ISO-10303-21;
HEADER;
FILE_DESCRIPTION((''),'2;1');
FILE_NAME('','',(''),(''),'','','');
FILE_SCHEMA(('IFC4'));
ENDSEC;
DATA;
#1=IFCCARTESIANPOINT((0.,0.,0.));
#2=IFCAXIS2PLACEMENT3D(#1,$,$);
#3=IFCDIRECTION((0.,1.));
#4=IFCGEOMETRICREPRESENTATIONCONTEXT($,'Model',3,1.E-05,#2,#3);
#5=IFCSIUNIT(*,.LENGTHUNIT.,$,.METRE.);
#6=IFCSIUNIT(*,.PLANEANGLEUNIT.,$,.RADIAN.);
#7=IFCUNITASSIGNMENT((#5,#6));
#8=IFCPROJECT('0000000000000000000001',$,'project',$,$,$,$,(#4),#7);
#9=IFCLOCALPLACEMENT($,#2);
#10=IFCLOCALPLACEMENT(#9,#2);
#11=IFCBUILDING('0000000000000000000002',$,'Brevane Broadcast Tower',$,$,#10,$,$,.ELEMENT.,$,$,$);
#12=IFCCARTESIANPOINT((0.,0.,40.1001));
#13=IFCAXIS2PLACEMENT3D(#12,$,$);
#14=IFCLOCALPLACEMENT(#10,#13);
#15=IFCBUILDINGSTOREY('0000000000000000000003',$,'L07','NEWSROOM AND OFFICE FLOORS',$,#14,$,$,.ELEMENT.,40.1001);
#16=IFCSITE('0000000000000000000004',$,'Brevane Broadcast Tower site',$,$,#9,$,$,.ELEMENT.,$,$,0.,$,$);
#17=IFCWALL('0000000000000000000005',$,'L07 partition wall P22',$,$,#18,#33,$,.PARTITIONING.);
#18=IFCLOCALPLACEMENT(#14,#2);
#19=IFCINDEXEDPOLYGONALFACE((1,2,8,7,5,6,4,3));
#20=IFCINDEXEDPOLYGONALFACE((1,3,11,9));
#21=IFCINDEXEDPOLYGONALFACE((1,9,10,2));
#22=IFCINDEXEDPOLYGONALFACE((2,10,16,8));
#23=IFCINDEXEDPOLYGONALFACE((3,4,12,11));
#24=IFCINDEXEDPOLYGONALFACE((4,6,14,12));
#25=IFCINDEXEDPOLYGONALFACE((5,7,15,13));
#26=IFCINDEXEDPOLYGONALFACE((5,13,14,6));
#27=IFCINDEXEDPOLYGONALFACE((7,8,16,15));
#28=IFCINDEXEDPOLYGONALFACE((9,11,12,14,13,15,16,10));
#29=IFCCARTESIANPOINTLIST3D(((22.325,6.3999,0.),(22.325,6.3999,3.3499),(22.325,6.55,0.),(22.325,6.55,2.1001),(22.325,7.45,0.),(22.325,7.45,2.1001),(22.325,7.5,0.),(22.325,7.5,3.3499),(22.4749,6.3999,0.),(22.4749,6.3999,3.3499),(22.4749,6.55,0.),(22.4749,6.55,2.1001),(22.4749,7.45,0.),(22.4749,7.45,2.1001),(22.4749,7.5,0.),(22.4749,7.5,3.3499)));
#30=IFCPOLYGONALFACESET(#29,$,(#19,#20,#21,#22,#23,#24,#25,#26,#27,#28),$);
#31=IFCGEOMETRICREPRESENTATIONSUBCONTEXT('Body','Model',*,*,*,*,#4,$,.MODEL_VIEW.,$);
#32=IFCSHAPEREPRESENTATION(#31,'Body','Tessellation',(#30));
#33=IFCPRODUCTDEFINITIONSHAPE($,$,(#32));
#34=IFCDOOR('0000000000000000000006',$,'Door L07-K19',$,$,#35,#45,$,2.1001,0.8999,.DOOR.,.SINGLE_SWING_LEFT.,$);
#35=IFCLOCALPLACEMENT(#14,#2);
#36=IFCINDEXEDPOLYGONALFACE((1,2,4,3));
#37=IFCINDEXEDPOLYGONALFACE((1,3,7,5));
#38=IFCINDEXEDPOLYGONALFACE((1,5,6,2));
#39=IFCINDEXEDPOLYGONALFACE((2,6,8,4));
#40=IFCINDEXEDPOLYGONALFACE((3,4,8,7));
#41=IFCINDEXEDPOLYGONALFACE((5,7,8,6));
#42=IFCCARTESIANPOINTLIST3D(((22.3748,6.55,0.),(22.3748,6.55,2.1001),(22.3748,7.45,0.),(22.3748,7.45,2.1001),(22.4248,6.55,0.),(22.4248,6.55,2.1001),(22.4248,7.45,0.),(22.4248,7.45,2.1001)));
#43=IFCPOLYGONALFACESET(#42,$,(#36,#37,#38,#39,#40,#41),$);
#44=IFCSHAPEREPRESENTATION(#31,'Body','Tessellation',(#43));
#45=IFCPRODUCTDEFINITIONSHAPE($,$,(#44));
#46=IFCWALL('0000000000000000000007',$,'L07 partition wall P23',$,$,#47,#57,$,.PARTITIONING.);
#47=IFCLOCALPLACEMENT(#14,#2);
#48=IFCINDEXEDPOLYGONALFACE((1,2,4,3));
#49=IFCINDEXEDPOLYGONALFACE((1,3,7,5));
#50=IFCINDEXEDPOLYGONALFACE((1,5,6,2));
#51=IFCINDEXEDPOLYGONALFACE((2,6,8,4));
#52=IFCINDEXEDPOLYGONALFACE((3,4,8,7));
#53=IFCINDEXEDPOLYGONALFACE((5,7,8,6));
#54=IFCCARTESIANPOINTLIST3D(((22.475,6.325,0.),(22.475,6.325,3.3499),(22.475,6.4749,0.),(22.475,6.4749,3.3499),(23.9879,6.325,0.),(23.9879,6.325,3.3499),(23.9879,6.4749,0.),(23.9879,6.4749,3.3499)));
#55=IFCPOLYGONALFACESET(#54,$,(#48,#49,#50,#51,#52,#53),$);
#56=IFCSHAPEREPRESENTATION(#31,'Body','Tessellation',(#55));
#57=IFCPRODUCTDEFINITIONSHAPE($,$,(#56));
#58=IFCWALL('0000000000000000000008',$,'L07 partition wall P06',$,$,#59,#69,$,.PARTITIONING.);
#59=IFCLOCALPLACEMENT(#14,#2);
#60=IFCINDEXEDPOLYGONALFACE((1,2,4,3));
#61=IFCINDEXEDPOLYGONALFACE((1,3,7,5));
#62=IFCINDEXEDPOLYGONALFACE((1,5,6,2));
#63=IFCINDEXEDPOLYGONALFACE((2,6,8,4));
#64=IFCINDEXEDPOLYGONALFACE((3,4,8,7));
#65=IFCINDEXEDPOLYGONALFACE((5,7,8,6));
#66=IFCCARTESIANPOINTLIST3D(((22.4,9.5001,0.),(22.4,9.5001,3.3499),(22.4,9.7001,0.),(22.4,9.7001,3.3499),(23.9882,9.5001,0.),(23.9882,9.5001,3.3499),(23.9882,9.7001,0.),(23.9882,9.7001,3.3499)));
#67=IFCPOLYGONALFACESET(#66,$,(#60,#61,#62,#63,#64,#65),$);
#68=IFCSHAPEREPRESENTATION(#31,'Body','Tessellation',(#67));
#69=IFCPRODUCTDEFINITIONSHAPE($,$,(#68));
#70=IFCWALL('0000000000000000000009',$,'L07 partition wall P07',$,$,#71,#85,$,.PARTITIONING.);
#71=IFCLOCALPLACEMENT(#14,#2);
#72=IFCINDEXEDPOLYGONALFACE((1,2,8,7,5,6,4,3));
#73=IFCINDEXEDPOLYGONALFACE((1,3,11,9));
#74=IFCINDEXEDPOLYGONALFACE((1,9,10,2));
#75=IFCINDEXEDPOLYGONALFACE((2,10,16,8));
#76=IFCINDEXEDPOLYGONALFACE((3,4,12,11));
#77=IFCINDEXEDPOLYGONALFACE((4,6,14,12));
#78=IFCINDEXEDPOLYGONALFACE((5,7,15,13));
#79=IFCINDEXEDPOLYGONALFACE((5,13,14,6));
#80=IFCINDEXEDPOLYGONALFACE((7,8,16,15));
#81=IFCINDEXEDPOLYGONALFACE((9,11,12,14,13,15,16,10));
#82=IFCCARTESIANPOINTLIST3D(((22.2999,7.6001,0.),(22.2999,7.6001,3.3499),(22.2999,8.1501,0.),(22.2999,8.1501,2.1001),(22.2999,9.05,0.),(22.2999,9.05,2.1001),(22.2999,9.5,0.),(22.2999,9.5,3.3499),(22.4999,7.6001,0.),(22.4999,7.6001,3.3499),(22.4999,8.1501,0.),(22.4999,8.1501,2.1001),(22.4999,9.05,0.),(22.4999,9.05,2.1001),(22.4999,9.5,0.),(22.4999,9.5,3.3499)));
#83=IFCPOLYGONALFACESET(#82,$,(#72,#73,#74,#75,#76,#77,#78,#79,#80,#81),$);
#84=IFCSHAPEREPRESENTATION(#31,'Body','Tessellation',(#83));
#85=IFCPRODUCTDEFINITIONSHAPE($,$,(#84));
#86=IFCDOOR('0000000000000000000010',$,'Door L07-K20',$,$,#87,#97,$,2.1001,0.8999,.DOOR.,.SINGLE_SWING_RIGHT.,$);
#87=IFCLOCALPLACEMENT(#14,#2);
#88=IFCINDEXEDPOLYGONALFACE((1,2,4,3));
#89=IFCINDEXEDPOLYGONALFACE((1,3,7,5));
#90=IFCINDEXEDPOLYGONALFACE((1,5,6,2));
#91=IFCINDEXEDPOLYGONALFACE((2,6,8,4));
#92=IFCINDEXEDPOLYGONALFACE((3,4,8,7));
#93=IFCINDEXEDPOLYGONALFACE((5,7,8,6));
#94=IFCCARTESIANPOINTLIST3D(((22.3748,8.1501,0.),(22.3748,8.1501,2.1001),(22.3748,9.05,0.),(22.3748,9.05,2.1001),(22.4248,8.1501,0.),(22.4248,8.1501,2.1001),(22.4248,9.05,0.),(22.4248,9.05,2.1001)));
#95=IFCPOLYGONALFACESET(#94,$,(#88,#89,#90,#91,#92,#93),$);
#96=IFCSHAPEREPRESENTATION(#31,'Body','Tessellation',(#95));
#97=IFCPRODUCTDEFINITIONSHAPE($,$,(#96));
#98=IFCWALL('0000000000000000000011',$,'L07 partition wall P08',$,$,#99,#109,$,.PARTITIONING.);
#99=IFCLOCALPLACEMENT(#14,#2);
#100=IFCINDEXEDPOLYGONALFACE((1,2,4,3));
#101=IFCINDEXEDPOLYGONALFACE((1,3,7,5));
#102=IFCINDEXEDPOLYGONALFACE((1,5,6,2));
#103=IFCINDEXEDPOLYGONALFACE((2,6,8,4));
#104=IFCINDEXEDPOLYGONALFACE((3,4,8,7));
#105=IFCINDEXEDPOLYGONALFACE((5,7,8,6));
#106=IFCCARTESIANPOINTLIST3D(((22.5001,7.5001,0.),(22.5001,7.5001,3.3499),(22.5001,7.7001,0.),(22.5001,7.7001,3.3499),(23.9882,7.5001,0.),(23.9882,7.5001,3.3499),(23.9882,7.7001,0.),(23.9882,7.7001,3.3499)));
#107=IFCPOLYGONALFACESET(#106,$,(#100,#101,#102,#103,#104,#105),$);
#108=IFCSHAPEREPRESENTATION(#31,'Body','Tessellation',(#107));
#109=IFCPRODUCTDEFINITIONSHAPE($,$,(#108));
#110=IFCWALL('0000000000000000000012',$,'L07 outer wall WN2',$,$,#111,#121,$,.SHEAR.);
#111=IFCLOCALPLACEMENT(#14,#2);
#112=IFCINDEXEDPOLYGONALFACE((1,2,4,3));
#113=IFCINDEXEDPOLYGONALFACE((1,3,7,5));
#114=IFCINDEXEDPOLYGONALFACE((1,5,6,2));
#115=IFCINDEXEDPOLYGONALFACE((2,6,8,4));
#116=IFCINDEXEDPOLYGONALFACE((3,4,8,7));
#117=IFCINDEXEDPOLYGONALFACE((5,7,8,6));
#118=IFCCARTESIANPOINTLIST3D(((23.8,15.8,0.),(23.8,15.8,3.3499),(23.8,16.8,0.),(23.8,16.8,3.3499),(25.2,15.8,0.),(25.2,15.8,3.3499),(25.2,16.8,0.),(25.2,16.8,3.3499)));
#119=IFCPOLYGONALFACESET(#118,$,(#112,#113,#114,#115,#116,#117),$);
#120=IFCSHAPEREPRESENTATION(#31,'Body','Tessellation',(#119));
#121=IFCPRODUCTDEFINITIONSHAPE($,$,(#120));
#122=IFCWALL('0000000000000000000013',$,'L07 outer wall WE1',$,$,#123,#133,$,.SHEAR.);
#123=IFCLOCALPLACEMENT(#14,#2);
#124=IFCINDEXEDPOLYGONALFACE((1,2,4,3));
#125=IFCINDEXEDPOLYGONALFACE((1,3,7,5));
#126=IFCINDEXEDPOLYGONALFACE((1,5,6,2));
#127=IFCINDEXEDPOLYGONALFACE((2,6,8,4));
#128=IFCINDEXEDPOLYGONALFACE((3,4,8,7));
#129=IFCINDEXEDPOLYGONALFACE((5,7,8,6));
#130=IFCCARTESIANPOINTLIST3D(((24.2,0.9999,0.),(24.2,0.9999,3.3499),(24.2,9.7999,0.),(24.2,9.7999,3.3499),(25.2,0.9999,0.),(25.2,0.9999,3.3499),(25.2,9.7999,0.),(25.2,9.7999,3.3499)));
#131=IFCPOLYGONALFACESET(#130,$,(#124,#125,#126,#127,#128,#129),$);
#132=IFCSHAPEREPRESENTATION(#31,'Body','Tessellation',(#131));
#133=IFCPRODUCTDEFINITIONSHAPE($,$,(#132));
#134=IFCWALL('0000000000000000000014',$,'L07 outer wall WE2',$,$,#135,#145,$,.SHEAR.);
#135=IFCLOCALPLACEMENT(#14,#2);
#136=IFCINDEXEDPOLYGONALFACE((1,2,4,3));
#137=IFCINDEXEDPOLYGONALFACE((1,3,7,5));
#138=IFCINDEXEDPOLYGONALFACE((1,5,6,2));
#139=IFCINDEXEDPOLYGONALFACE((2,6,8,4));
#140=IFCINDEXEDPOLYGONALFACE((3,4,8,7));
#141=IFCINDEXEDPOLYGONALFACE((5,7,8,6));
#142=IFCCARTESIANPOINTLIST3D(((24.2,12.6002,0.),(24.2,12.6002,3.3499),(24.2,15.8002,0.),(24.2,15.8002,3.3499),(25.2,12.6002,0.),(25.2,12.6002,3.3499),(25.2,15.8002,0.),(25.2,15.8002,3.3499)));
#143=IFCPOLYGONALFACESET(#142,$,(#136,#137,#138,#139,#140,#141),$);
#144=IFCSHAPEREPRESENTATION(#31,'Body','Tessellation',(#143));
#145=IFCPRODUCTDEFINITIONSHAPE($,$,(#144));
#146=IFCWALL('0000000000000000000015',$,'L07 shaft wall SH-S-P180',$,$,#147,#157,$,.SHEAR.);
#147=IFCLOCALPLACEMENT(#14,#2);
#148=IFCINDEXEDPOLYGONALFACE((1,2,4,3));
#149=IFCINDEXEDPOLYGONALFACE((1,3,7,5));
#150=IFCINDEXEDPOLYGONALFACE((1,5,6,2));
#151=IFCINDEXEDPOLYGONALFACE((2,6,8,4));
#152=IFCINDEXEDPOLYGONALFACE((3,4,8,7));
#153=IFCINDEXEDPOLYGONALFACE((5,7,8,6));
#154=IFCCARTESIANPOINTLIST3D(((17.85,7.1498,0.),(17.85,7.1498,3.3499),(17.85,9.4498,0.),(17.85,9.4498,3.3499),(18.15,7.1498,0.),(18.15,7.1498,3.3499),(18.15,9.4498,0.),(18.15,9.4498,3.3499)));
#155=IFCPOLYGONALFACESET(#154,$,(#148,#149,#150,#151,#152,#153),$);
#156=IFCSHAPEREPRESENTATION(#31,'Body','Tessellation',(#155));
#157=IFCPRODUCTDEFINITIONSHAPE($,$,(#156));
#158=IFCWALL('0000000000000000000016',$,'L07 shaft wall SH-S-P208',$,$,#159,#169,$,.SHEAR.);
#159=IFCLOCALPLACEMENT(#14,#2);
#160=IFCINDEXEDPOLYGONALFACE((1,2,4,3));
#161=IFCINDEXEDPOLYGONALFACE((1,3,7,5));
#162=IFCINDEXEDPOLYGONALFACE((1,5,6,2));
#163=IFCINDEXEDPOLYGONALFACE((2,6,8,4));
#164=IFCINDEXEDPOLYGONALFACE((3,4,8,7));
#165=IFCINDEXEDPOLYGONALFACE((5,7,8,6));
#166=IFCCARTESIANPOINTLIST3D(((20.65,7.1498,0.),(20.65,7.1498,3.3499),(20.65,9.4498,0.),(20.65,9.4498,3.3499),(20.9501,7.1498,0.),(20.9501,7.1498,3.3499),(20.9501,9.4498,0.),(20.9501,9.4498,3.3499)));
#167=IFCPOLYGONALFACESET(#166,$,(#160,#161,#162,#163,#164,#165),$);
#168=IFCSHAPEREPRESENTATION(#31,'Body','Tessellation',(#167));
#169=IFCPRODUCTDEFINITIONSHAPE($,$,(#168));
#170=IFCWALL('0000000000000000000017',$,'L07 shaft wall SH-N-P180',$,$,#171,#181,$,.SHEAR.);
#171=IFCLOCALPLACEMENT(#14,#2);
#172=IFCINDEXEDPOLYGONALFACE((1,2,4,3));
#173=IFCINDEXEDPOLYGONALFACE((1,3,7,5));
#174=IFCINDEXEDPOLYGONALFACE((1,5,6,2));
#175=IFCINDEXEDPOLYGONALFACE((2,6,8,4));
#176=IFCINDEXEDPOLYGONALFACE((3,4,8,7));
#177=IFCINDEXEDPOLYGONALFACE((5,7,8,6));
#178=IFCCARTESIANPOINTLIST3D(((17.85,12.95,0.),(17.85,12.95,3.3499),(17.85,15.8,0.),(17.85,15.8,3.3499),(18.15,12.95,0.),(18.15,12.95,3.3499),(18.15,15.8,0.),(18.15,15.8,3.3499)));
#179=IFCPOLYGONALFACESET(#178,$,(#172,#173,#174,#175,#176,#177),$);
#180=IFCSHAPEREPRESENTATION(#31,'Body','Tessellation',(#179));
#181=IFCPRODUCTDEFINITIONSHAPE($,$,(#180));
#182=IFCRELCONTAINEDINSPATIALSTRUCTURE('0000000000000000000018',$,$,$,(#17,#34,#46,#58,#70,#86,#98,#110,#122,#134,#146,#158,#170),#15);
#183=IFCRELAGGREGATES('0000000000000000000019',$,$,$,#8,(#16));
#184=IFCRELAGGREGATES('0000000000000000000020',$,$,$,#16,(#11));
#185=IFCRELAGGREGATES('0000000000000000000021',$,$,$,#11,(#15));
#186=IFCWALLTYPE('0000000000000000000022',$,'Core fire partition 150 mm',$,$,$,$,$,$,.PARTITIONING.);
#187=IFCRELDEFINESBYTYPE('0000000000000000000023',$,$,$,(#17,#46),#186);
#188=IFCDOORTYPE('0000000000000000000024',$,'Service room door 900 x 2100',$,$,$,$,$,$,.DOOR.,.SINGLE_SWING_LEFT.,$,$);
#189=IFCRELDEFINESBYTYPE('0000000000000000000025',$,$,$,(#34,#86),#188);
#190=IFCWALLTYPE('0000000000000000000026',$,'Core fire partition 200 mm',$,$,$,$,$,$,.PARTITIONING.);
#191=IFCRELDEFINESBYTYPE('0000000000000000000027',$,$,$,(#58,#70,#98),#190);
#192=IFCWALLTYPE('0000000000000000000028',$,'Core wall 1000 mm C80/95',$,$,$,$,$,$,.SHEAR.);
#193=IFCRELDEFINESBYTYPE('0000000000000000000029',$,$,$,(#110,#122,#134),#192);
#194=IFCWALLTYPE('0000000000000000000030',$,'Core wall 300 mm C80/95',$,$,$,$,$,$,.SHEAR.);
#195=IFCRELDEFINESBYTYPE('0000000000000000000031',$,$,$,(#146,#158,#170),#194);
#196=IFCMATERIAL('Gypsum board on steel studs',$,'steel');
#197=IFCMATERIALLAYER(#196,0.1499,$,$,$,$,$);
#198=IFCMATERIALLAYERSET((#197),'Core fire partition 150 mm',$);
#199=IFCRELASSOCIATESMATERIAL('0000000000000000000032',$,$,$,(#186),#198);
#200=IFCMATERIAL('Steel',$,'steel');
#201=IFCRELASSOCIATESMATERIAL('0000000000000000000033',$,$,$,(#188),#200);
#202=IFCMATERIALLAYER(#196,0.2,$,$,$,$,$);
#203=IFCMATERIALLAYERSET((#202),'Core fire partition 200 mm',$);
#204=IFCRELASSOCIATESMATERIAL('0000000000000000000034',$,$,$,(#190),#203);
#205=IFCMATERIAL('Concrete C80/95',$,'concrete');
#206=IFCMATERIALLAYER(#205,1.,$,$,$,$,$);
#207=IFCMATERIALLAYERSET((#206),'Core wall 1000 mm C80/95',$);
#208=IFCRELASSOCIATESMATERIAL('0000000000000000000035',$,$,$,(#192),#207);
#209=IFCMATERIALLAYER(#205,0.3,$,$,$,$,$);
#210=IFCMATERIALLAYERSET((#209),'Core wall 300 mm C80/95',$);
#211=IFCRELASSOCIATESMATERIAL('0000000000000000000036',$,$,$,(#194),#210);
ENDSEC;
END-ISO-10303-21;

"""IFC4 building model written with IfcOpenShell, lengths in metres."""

from ifc_helpers import new_model, si_unit, direction, frame, frame_2d, origin, place, context, subcontext, project, spatial, rectangle, extrude, material, layer, layer_set, type_object, element, fill, save


model = new_model("IFC4")

# Units and contexts
model_context = context("Model", 3, precision=1e-05, world=origin(), true_north=direction((0.0, 1.0)))
body_context = subcontext(model_context, "Body", "Model", "MODEL_VIEW")
ifc_project = project(units=[si_unit("LENGTHUNIT", "METRE"), si_unit("PLANEANGLEUNIT", "RADIAN")], contexts=[model_context])

# Site, building, storey
site_placement = place(None, origin())
site = spatial("IfcSite", under=ifc_project, at=site_placement, Name="Brevane Broadcast Tower site", CompositionType="ELEMENT", RefElevation=0.0)
building_placement = place(site_placement, origin())
building = spatial("IfcBuilding", under=site, at=building_placement, Name="Brevane Broadcast Tower", CompositionType="ELEMENT")
storey_placement = place(building_placement, frame((0.0, 0.0, 40.1001)))
storey = spatial("IfcBuildingStorey", under=building, at=storey_placement, Name="L07", Description="NEWSROOM AND OFFICE FLOORS", CompositionType="ELEMENT", Elevation=40.1001)

# Shared definitions
ifc_material_1 = material(Name="Gypsum board on steel studs", Category="steel")
ifc_layer_1 = layer(ifc_material_1, 0.1499)
ifc_layer_set_1 = layer_set([ifc_layer_1], Name="Core fire partition 150 mm")
wall_type_1 = type_object("IfcWallType", Name="Core fire partition 150 mm", PredefinedType="PARTITIONING", material=ifc_layer_set_1)
ifc_material_2 = material(Name="Steel", Category="steel")
door_type_1 = type_object("IfcDoorType", Name="Service room door 900 x 2100", OperationType="SINGLE_SWING_LEFT", PredefinedType="DOOR", material=ifc_material_2)

# Wall, opening, door
wall_1_placement = place(storey_placement, frame((22.3999, 7.5, 0.0), z_axis=(0.0, 0.0, 1.0), x_axis=(0.0, -1.0, 0.0)))
wall_1 = element("IfcWall", 1, at=wall_1_placement, inside=storey, type_object=wall_type_1, Name="L07 partition wall P22", PredefinedType="PARTITIONING", context=body_context, shape_type="SweptSolid", body=[
    extrude(rectangle(XDim=1.1001, YDim=0.1499, at=frame_2d((0.55, 0.0))), origin(), (0.0, 0.0, 1.0), 3.3499),
])
opening_1_placement = place(wall_1_placement, frame((0.05, 0.0, 0.0)))
opening_1 = element("IfcOpeningElement", 2, at=opening_1_placement, cuts=wall_1, PredefinedType="OPENING", context=body_context, shape_type="SweptSolid", body=[
    extrude(rectangle(XDim=0.8999, YDim=2.1001, at=frame_2d((0.45, 1.05))), frame((0.0, 0.085, 0.0), z_axis=(0.0, -1.0, 0.0), x_axis=(1.0, 0.0, 0.0)), (0.0, 0.0, 1.0), 0.1699),
])
door_1_placement = place(opening_1_placement, origin())
door_1 = element("IfcDoor", 3, at=door_1_placement, inside=storey, type_object=door_type_1, Name="Door L07-K19", OperationType="SINGLE_SWING_LEFT", OverallHeight=2.1001, OverallWidth=0.8999, PredefinedType="DOOR", context=body_context, shape_type="SweptSolid", body=[
    extrude(rectangle(XDim=0.8999, YDim=2.1001, at=frame_2d((0.45, 1.05))), frame((0.0, 0.0249, 0.0), z_axis=(0.0, -1.0, 0.0), x_axis=(1.0, 0.0, 0.0)), (0.0, 0.0, 1.0), 0.05),
])
fill(opening_1, door_1)

# Walls
wall_2_placement = place(storey_placement, frame((22.4751, 6.3999, 0.0), z_axis=(0.0, 0.0, 1.0), x_axis=(1.0, 0.0, 0.0)))
element("IfcWall", 4, at=wall_2_placement, inside=storey, type_object=wall_type_1, Name="L07 partition wall P23", PredefinedType="PARTITIONING", context=body_context, shape_type="SweptSolid", body=[
    extrude(rectangle(XDim=1.5129, YDim=0.1499, at=frame_2d((0.7563, 0.0))), origin(), (0.0, 0.0, 1.0), 3.3499),
])
ifc_layer_2 = layer(ifc_material_1, 0.2)
ifc_layer_set_2 = layer_set([ifc_layer_2], Name="Core fire partition 200 mm")
wall_type_2 = type_object("IfcWallType", Name="Core fire partition 200 mm", PredefinedType="PARTITIONING", material=ifc_layer_set_2)
wall_3_placement = place(storey_placement, frame((23.988, 9.6001, 0.0), z_axis=(0.0, 0.0, 1.0), x_axis=(-1.0, 0.0, 0.0)))
element("IfcWall", 5, at=wall_3_placement, inside=storey, type_object=wall_type_2, Name="L07 partition wall P06", PredefinedType="PARTITIONING", context=body_context, shape_type="SweptSolid", body=[
    extrude(rectangle(XDim=1.5881, YDim=0.2, at=frame_2d((0.7939, 0.0))), origin(), (0.0, 0.0, 1.0), 3.3499),
])

# Wall, opening, door
wall_4_placement = place(storey_placement, frame((22.3999, 9.5, 0.0), z_axis=(0.0, 0.0, 1.0), x_axis=(0.0, -1.0, 0.0)))
wall_4 = element("IfcWall", 6, at=wall_4_placement, inside=storey, type_object=wall_type_2, Name="L07 partition wall P07", PredefinedType="PARTITIONING", context=body_context, shape_type="SweptSolid", body=[
    extrude(rectangle(XDim=1.8999, YDim=0.2, at=frame_2d((0.95, 0.0))), origin(), (0.0, 0.0, 1.0), 3.3499),
])
opening_2_placement = place(wall_4_placement, frame((0.45, 0.0, 0.0)))
opening_2 = element("IfcOpeningElement", 7, at=opening_2_placement, cuts=wall_4, PredefinedType="OPENING", context=body_context, shape_type="SweptSolid", body=[
    extrude(rectangle(XDim=0.8999, YDim=2.1001, at=frame_2d((0.45, 1.05))), frame((0.0, 0.1099, 0.0), z_axis=(0.0, -1.0, 0.0), x_axis=(1.0, 0.0, 0.0)), (0.0, 0.0, 1.0), 0.22),
])
door_2_placement = place(opening_2_placement, origin())
door_2 = element("IfcDoor", 8, at=door_2_placement, inside=storey, type_object=door_type_1, Name="Door L07-K20", OperationType="SINGLE_SWING_RIGHT", OverallHeight=2.1001, OverallWidth=0.8999, PredefinedType="DOOR", context=body_context, shape_type="SweptSolid", body=[
    extrude(rectangle(XDim=0.8999, YDim=2.1001, at=frame_2d((0.45, 1.05))), frame((0.0, 0.0249, 0.0), z_axis=(0.0, -1.0, 0.0), x_axis=(1.0, 0.0, 0.0)), (0.0, 0.0, 1.0), 0.05),
])
fill(opening_2, door_2)

# Walls
wall_5_placement = place(storey_placement, frame((22.5, 7.6001, 0.0), z_axis=(0.0, 0.0, 1.0), x_axis=(1.0, 0.0, 0.0)))
element("IfcWall", 9, at=wall_5_placement, inside=storey, type_object=wall_type_2, Name="L07 partition wall P08", PredefinedType="PARTITIONING", context=body_context, shape_type="SweptSolid", body=[
    extrude(rectangle(XDim=1.488, YDim=0.2, at=frame_2d((0.7441, 0.0))), origin(), (0.0, 0.0, 1.0), 3.3499),
])
ifc_material_3 = material(Name="Concrete C80/95", Category="concrete")
ifc_layer_3 = layer(ifc_material_3, 1.0)
ifc_layer_set_3 = layer_set([ifc_layer_3], Name="Core wall 1000 mm C80/95")
wall_type_3 = type_object("IfcWallType", Name="Core wall 1000 mm C80/95", PredefinedType="SHEAR", material=ifc_layer_set_3)
wall_6_placement = place(storey_placement, frame((23.8, 16.3, 0.0), z_axis=(0.0, 0.0, 1.0), x_axis=(1.0, 0.0, 0.0)))
element("IfcWall", 10, at=wall_6_placement, inside=storey, type_object=wall_type_3, Name="L07 outer wall WN2", PredefinedType="SHEAR", context=body_context, shape_type="SweptSolid", body=[
    extrude(rectangle(XDim=1.3999, YDim=1.0, at=frame_2d((0.7, 0.0))), origin(), (0.0, 0.0, 1.0), 3.3499),
])
wall_7_placement = place(storey_placement, frame((24.7, 1.0, 0.0), z_axis=(0.0, 0.0, 1.0), x_axis=(0.0, 1.0, 0.0)))
element("IfcWall", 11, at=wall_7_placement, inside=storey, type_object=wall_type_3, Name="L07 outer wall WE1", PredefinedType="SHEAR", context=body_context, shape_type="SweptSolid", body=[
    extrude(rectangle(XDim=8.8, YDim=1.0, at=frame_2d((4.3999, 0.0))), origin(), (0.0, 0.0, 1.0), 3.3499),
])
wall_8_placement = place(storey_placement, frame((24.7, 12.6001, 0.0), z_axis=(0.0, 0.0, 1.0), x_axis=(0.0, 1.0, 0.0)))
element("IfcWall", 12, at=wall_8_placement, inside=storey, type_object=wall_type_3, Name="L07 outer wall WE2", PredefinedType="SHEAR", context=body_context, shape_type="SweptSolid", body=[
    extrude(rectangle(XDim=3.2, YDim=1.0, at=frame_2d((1.6001, 0.0))), origin(), (0.0, 0.0, 1.0), 3.3499),
])
ifc_layer_4 = layer(ifc_material_3, 0.3)
ifc_layer_set_4 = layer_set([ifc_layer_4], Name="Core wall 300 mm C80/95")
wall_type_4 = type_object("IfcWallType", Name="Core wall 300 mm C80/95", PredefinedType="SHEAR", material=ifc_layer_set_4)
for number, where, z_axis, x_axis, name in (
    (13, (18.0, 7.1499, 0.0), (0.0, 0.0, 1.0), (0.0, 1.0, 0.0), "L07 shaft wall SH-S-P180"),
    (14, (20.8, 7.1499, 0.0), (0.0, 0.0, 1.0), (0.0, 1.0, 0.0), "L07 shaft wall SH-S-P208"),
):
    element("IfcWall", number, at=place(storey_placement, frame(where, z_axis=z_axis, x_axis=x_axis)), inside=storey, type_object=wall_type_4, Name=name, PredefinedType="SHEAR", context=body_context, shape_type="SweptSolid", body=[
        extrude(rectangle(XDim=2.3, YDim=0.3, at=frame_2d((1.1499, 0.0))), origin(), (0.0, 0.0, 1.0), 3.3499),
    ])
for number, where, z_axis, x_axis, name in (
    (15, (18.0, 12.95, 0.0), (0.0, 0.0, 1.0), (0.0, 1.0, 0.0), "L07 shaft wall SH-N-P180"),
):
    element("IfcWall", number, at=place(storey_placement, frame(where, z_axis=z_axis, x_axis=x_axis)), inside=storey, type_object=wall_type_4, Name=name, PredefinedType="SHEAR", context=body_context, shape_type="SweptSolid", body=[
        extrude(rectangle(XDim=2.8501, YDim=0.3, at=frame_2d((1.425, 0.0))), origin(), (0.0, 0.0, 1.0), 3.3499),
    ])

save(model, "model.ifc")
